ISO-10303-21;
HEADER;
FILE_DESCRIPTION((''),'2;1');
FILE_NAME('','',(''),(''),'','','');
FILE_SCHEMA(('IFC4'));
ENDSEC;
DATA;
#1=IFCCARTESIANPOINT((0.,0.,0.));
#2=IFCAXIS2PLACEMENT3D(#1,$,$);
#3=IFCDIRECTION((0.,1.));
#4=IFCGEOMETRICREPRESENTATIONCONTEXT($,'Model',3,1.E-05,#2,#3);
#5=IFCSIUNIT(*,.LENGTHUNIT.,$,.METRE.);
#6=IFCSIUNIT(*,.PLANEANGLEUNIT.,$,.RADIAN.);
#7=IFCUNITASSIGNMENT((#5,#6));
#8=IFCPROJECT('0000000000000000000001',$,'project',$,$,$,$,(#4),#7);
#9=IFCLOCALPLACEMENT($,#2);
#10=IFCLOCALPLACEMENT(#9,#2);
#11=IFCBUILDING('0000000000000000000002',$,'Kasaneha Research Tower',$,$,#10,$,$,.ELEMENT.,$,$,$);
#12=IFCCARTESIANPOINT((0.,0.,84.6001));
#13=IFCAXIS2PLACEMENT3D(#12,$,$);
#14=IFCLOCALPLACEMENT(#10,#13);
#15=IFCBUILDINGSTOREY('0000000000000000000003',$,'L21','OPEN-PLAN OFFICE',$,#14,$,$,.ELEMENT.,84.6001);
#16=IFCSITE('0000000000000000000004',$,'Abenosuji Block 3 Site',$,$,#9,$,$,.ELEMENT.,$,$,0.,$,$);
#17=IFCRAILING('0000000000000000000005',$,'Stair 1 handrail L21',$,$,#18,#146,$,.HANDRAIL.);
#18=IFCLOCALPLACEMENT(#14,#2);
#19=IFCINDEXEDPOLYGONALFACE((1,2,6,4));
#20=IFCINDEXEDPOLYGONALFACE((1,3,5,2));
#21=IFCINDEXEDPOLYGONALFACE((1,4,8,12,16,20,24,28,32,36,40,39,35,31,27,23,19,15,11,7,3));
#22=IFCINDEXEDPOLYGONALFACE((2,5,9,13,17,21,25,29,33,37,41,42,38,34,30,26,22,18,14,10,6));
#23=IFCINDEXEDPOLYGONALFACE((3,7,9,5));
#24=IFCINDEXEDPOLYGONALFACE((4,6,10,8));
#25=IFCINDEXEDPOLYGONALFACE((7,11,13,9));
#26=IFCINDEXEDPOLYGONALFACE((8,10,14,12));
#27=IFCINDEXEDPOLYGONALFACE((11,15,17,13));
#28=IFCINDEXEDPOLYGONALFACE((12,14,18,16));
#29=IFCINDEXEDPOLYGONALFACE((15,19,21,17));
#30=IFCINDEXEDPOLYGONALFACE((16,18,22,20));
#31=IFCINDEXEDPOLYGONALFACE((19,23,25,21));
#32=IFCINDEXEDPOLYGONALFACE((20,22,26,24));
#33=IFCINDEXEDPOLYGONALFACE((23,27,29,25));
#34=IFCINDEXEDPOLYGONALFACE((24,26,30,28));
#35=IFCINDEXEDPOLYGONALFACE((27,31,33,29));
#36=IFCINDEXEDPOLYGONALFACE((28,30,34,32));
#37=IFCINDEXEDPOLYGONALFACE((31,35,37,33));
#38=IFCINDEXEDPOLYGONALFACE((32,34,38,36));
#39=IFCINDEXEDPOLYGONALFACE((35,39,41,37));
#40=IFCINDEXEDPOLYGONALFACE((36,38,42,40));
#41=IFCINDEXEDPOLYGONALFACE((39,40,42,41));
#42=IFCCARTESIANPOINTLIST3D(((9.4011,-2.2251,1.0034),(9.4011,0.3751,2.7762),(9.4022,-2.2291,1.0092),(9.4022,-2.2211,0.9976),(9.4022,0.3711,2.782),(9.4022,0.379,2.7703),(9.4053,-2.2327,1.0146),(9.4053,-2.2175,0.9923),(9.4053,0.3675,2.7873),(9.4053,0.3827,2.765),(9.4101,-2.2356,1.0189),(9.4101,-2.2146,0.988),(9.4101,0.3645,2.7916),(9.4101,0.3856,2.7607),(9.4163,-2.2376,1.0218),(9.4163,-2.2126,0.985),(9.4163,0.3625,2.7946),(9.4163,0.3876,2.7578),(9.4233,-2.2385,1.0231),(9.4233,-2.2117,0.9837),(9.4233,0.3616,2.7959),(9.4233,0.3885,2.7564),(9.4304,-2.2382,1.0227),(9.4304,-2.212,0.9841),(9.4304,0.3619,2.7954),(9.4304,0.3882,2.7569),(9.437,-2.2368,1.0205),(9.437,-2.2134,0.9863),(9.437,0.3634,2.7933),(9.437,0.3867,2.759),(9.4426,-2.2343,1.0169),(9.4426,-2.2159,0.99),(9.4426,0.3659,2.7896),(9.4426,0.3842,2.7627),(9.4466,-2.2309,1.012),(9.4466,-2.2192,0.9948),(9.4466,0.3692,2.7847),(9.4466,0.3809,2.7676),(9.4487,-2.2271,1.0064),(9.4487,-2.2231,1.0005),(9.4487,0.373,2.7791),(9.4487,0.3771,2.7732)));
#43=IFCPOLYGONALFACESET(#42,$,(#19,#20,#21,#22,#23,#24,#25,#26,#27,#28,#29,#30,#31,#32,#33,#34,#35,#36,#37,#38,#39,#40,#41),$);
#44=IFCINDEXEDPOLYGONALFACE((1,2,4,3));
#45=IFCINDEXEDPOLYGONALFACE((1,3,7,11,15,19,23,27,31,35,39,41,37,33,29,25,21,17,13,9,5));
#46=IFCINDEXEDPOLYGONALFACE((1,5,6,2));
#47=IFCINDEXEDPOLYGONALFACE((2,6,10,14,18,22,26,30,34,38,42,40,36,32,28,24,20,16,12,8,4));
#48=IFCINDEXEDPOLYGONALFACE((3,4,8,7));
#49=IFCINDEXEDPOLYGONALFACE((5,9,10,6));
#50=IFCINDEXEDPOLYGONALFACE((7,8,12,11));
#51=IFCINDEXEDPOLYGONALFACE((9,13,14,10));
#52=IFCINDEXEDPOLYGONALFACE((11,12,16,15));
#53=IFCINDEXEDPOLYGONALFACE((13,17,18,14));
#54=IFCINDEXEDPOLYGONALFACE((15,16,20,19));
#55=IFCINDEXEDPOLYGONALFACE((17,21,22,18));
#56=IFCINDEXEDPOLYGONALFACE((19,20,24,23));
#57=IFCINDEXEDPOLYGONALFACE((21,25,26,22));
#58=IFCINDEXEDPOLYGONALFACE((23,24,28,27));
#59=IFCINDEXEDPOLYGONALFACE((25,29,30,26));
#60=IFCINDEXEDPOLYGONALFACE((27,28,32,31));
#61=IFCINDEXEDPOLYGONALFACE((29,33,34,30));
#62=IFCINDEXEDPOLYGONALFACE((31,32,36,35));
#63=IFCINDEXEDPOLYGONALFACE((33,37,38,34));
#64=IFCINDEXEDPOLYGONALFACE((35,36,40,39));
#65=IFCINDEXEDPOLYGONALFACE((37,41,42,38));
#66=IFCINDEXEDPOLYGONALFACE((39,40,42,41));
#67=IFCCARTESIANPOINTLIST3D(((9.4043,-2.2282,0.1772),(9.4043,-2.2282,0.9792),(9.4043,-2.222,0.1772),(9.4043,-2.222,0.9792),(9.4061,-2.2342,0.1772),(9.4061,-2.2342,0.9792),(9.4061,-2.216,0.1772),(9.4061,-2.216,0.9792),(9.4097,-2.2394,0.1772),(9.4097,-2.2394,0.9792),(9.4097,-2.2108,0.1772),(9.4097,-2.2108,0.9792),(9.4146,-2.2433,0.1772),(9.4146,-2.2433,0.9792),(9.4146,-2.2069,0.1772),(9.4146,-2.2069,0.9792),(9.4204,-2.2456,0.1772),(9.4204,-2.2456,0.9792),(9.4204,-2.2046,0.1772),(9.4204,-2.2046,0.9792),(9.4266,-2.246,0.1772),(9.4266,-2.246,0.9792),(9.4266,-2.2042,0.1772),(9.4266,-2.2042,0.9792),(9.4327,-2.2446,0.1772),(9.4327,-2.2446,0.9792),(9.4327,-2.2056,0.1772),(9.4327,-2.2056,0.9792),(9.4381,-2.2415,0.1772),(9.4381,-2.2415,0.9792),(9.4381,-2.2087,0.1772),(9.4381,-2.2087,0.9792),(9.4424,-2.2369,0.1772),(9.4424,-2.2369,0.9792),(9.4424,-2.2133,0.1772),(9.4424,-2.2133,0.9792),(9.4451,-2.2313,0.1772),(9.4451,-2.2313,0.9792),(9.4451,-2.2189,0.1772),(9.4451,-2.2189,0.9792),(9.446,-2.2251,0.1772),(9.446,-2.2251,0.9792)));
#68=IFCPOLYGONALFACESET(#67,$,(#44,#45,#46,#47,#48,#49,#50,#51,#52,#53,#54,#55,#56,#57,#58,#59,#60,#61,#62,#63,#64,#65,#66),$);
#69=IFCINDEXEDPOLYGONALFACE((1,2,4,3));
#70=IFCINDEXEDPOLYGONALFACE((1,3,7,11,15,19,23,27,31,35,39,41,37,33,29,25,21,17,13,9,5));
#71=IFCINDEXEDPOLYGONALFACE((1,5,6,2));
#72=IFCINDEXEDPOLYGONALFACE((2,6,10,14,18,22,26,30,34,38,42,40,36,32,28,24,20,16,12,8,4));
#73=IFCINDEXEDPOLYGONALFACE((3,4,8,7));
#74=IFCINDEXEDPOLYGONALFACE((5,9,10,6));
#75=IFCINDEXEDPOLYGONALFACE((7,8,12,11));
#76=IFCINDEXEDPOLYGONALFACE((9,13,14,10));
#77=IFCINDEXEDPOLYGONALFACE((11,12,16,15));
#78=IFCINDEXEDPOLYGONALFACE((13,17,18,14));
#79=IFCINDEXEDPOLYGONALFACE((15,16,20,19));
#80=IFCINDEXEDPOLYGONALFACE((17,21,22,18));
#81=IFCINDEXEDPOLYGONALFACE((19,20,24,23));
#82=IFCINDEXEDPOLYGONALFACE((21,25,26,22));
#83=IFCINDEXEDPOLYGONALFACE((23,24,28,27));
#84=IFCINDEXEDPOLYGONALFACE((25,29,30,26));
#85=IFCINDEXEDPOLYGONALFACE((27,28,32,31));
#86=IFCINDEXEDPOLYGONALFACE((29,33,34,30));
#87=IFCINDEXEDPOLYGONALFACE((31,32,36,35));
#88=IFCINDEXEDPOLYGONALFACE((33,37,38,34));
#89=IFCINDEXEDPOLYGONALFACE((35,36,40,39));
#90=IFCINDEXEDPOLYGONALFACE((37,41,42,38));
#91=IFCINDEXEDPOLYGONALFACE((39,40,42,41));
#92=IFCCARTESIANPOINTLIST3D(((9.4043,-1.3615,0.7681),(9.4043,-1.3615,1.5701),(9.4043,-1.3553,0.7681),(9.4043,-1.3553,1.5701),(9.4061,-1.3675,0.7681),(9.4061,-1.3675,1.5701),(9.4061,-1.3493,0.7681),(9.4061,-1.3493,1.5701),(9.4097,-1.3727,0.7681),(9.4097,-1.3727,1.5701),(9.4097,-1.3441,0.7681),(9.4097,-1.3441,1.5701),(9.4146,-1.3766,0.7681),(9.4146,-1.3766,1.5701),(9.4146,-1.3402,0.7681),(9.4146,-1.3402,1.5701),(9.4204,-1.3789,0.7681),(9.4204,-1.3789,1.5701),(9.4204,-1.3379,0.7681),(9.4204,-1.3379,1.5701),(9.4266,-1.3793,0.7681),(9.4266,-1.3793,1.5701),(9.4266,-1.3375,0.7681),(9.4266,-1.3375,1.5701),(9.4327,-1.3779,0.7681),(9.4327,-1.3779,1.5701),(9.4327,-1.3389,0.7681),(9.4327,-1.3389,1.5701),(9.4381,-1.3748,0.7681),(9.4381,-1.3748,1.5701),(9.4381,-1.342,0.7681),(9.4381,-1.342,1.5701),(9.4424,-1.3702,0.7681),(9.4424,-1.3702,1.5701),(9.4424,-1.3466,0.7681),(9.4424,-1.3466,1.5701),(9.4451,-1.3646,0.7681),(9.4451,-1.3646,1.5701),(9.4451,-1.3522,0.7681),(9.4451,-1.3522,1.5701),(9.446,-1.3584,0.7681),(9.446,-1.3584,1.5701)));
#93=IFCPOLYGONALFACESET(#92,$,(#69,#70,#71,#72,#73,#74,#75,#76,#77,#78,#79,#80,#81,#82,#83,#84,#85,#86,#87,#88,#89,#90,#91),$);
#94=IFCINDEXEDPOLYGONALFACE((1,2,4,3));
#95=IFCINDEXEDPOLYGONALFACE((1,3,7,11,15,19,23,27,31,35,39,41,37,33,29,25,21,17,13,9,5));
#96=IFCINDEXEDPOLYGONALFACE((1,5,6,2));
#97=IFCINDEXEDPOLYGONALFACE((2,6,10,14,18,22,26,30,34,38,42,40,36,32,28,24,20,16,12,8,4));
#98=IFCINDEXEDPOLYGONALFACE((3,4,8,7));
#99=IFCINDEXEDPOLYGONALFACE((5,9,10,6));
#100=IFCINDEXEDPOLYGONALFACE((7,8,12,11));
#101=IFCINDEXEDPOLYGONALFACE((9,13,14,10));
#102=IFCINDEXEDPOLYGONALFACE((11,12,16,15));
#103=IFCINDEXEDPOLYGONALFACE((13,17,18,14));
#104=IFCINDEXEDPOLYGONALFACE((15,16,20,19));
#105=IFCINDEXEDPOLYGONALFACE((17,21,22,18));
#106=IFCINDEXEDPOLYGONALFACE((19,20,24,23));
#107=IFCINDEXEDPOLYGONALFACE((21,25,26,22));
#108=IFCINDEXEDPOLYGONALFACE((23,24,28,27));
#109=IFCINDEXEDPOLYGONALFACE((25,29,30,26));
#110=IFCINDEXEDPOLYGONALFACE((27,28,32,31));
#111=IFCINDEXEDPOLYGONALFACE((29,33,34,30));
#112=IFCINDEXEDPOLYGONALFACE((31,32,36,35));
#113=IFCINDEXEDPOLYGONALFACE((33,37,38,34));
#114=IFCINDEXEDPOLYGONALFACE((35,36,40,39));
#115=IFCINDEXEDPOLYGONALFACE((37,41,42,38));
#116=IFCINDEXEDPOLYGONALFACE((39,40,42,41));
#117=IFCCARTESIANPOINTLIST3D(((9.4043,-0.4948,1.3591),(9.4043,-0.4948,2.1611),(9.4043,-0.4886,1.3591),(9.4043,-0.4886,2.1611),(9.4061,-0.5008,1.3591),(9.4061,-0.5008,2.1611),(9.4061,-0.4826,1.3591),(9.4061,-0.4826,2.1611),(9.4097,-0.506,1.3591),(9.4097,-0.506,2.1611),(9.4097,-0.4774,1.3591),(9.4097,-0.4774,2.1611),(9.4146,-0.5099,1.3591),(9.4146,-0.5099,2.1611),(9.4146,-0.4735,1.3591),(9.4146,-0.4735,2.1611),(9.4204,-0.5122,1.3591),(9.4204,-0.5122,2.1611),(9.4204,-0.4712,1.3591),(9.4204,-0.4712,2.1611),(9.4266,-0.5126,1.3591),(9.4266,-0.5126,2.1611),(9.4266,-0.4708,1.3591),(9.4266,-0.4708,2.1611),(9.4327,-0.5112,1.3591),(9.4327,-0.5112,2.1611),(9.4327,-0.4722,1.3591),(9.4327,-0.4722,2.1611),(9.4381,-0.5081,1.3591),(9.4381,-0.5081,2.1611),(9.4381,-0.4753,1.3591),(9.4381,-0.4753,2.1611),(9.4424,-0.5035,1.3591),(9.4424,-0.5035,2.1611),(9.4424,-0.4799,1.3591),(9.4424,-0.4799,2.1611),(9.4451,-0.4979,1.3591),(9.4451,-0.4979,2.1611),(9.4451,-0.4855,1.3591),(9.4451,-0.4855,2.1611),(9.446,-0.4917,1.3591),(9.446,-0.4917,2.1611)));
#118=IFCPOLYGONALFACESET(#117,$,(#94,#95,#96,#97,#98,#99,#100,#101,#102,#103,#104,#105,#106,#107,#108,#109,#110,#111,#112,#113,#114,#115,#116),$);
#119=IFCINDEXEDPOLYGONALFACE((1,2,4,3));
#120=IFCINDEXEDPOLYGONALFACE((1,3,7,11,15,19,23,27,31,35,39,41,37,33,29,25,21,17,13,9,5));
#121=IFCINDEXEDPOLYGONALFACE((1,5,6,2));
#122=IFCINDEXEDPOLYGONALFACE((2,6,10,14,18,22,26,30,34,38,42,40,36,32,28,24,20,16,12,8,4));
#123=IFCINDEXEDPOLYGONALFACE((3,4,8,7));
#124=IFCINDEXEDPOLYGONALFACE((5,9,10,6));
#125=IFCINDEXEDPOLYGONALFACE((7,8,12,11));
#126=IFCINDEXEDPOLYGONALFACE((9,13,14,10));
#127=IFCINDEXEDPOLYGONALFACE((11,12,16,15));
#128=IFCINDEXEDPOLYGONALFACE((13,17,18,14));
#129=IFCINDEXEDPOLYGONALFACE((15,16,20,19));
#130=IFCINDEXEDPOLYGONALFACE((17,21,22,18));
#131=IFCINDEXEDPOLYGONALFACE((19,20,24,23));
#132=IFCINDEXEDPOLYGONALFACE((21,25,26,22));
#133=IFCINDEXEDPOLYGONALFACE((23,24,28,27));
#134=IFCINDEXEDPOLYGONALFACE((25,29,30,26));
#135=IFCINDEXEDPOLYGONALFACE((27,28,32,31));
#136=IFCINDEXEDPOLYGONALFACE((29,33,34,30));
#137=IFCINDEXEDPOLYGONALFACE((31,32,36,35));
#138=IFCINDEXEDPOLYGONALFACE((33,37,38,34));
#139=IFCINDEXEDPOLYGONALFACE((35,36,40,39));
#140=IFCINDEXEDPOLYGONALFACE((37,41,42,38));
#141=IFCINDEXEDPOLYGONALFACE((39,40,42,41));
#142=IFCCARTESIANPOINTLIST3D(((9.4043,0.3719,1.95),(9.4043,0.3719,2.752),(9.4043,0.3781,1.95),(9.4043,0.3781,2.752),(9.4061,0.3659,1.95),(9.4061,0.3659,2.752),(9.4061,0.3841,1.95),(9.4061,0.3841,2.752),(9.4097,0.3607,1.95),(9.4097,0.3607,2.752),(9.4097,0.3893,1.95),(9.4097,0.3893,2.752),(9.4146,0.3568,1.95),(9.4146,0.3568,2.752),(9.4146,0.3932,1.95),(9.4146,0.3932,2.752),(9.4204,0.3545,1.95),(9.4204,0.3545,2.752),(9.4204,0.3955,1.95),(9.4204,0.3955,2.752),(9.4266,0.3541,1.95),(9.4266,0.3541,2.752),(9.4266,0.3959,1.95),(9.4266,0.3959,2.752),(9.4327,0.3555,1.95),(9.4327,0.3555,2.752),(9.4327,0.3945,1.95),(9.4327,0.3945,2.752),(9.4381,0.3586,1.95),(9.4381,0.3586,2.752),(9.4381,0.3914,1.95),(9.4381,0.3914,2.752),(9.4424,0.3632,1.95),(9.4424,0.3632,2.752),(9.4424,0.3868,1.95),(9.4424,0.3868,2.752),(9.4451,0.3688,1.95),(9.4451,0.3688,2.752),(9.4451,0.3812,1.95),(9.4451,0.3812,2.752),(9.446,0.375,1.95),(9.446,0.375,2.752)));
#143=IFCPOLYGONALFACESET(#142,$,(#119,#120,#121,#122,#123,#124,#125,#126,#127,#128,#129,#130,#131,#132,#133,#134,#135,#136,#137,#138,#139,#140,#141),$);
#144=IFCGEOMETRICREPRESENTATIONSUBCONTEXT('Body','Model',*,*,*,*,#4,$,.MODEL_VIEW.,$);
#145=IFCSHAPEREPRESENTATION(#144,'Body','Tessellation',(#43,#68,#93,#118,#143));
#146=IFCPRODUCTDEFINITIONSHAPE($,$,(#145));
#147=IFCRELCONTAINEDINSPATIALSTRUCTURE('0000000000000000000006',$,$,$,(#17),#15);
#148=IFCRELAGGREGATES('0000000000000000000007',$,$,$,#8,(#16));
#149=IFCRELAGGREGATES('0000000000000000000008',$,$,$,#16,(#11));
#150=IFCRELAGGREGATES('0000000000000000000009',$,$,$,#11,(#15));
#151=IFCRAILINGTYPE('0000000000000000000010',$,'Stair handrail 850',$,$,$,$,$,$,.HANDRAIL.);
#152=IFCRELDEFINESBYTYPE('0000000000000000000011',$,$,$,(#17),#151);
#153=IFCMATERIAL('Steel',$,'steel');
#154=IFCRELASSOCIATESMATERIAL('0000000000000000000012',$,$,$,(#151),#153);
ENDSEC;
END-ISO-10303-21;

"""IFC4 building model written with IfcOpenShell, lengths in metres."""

from ifc_helpers import new_model, si_unit, direction, frame, origin, origin_2d, place, context, subcontext, project, spatial, circle, extrude, material, type_object, element, save


model = new_model("IFC4")

# Units and contexts
model_context = context("Model", 3, precision=1e-05, world=origin(), true_north=direction((0.0, 1.0)))
body_context = subcontext(model_context, "Body", "Model", "MODEL_VIEW")
ifc_project = project(units=[si_unit("LENGTHUNIT", "METRE"), si_unit("PLANEANGLEUNIT", "RADIAN")], contexts=[model_context])

# Site, building, storey
site_placement = place(None, origin())
site = spatial("IfcSite", under=ifc_project, at=site_placement, Name="Abenosuji Block 3 Site", CompositionType="ELEMENT", RefElevation=0.0)
building_placement = place(site_placement, origin())
building = spatial("IfcBuilding", under=site, at=building_placement, Name="Kasaneha Research Tower", CompositionType="ELEMENT")
storey_placement = place(building_placement, frame((0.0, 0.0, 84.6001)))
storey = spatial("IfcBuildingStorey", under=building, at=storey_placement, Name="L21", Description="OPEN-PLAN OFFICE", CompositionType="ELEMENT", Elevation=84.6001)

# Railing
ifc_material_1 = material(Name="Steel", Category="steel")
railing_type = type_object("IfcRailingType", Name="Stair handrail 850", PredefinedType="HANDRAIL", material=ifc_material_1)
railing_placement = place(storey_placement, frame((9.425, -2.2251, 0.1772)))
element("IfcRailing", 1, at=railing_placement, inside=storey, type_object=railing_type, Name="Stair 1 handrail L21", PredefinedType="HANDRAIL", context=body_context, shape_type="SweptSolid", body=[
    extrude(circle(Radius=0.0239, at=origin_2d()), frame((0.0, 0.0, 0.8262), z_axis=(0.0, 0.82624, 0.563318), x_axis=(-1.0, 0.0, 0.0)), (0.0, 0.0, 1.0), 3.147),
    extrude(circle(Radius=0.021, at=origin_2d()), origin(), (0.0, 0.0, 1.0), 0.802),
    extrude(circle(Radius=0.021, at=origin_2d()), frame((0.0, 0.8667, 0.5908)), (0.0, 0.0, 1.0), 0.802),
    extrude(circle(Radius=0.021, at=origin_2d()), frame((0.0, 1.7334, 1.1819)), (0.0, 0.0, 1.0), 0.802),
    extrude(circle(Radius=0.021, at=origin_2d()), frame((0.0, 2.6001, 1.7727)), (0.0, 0.0, 1.0), 0.802),
])

save(model, "model.ifc")
